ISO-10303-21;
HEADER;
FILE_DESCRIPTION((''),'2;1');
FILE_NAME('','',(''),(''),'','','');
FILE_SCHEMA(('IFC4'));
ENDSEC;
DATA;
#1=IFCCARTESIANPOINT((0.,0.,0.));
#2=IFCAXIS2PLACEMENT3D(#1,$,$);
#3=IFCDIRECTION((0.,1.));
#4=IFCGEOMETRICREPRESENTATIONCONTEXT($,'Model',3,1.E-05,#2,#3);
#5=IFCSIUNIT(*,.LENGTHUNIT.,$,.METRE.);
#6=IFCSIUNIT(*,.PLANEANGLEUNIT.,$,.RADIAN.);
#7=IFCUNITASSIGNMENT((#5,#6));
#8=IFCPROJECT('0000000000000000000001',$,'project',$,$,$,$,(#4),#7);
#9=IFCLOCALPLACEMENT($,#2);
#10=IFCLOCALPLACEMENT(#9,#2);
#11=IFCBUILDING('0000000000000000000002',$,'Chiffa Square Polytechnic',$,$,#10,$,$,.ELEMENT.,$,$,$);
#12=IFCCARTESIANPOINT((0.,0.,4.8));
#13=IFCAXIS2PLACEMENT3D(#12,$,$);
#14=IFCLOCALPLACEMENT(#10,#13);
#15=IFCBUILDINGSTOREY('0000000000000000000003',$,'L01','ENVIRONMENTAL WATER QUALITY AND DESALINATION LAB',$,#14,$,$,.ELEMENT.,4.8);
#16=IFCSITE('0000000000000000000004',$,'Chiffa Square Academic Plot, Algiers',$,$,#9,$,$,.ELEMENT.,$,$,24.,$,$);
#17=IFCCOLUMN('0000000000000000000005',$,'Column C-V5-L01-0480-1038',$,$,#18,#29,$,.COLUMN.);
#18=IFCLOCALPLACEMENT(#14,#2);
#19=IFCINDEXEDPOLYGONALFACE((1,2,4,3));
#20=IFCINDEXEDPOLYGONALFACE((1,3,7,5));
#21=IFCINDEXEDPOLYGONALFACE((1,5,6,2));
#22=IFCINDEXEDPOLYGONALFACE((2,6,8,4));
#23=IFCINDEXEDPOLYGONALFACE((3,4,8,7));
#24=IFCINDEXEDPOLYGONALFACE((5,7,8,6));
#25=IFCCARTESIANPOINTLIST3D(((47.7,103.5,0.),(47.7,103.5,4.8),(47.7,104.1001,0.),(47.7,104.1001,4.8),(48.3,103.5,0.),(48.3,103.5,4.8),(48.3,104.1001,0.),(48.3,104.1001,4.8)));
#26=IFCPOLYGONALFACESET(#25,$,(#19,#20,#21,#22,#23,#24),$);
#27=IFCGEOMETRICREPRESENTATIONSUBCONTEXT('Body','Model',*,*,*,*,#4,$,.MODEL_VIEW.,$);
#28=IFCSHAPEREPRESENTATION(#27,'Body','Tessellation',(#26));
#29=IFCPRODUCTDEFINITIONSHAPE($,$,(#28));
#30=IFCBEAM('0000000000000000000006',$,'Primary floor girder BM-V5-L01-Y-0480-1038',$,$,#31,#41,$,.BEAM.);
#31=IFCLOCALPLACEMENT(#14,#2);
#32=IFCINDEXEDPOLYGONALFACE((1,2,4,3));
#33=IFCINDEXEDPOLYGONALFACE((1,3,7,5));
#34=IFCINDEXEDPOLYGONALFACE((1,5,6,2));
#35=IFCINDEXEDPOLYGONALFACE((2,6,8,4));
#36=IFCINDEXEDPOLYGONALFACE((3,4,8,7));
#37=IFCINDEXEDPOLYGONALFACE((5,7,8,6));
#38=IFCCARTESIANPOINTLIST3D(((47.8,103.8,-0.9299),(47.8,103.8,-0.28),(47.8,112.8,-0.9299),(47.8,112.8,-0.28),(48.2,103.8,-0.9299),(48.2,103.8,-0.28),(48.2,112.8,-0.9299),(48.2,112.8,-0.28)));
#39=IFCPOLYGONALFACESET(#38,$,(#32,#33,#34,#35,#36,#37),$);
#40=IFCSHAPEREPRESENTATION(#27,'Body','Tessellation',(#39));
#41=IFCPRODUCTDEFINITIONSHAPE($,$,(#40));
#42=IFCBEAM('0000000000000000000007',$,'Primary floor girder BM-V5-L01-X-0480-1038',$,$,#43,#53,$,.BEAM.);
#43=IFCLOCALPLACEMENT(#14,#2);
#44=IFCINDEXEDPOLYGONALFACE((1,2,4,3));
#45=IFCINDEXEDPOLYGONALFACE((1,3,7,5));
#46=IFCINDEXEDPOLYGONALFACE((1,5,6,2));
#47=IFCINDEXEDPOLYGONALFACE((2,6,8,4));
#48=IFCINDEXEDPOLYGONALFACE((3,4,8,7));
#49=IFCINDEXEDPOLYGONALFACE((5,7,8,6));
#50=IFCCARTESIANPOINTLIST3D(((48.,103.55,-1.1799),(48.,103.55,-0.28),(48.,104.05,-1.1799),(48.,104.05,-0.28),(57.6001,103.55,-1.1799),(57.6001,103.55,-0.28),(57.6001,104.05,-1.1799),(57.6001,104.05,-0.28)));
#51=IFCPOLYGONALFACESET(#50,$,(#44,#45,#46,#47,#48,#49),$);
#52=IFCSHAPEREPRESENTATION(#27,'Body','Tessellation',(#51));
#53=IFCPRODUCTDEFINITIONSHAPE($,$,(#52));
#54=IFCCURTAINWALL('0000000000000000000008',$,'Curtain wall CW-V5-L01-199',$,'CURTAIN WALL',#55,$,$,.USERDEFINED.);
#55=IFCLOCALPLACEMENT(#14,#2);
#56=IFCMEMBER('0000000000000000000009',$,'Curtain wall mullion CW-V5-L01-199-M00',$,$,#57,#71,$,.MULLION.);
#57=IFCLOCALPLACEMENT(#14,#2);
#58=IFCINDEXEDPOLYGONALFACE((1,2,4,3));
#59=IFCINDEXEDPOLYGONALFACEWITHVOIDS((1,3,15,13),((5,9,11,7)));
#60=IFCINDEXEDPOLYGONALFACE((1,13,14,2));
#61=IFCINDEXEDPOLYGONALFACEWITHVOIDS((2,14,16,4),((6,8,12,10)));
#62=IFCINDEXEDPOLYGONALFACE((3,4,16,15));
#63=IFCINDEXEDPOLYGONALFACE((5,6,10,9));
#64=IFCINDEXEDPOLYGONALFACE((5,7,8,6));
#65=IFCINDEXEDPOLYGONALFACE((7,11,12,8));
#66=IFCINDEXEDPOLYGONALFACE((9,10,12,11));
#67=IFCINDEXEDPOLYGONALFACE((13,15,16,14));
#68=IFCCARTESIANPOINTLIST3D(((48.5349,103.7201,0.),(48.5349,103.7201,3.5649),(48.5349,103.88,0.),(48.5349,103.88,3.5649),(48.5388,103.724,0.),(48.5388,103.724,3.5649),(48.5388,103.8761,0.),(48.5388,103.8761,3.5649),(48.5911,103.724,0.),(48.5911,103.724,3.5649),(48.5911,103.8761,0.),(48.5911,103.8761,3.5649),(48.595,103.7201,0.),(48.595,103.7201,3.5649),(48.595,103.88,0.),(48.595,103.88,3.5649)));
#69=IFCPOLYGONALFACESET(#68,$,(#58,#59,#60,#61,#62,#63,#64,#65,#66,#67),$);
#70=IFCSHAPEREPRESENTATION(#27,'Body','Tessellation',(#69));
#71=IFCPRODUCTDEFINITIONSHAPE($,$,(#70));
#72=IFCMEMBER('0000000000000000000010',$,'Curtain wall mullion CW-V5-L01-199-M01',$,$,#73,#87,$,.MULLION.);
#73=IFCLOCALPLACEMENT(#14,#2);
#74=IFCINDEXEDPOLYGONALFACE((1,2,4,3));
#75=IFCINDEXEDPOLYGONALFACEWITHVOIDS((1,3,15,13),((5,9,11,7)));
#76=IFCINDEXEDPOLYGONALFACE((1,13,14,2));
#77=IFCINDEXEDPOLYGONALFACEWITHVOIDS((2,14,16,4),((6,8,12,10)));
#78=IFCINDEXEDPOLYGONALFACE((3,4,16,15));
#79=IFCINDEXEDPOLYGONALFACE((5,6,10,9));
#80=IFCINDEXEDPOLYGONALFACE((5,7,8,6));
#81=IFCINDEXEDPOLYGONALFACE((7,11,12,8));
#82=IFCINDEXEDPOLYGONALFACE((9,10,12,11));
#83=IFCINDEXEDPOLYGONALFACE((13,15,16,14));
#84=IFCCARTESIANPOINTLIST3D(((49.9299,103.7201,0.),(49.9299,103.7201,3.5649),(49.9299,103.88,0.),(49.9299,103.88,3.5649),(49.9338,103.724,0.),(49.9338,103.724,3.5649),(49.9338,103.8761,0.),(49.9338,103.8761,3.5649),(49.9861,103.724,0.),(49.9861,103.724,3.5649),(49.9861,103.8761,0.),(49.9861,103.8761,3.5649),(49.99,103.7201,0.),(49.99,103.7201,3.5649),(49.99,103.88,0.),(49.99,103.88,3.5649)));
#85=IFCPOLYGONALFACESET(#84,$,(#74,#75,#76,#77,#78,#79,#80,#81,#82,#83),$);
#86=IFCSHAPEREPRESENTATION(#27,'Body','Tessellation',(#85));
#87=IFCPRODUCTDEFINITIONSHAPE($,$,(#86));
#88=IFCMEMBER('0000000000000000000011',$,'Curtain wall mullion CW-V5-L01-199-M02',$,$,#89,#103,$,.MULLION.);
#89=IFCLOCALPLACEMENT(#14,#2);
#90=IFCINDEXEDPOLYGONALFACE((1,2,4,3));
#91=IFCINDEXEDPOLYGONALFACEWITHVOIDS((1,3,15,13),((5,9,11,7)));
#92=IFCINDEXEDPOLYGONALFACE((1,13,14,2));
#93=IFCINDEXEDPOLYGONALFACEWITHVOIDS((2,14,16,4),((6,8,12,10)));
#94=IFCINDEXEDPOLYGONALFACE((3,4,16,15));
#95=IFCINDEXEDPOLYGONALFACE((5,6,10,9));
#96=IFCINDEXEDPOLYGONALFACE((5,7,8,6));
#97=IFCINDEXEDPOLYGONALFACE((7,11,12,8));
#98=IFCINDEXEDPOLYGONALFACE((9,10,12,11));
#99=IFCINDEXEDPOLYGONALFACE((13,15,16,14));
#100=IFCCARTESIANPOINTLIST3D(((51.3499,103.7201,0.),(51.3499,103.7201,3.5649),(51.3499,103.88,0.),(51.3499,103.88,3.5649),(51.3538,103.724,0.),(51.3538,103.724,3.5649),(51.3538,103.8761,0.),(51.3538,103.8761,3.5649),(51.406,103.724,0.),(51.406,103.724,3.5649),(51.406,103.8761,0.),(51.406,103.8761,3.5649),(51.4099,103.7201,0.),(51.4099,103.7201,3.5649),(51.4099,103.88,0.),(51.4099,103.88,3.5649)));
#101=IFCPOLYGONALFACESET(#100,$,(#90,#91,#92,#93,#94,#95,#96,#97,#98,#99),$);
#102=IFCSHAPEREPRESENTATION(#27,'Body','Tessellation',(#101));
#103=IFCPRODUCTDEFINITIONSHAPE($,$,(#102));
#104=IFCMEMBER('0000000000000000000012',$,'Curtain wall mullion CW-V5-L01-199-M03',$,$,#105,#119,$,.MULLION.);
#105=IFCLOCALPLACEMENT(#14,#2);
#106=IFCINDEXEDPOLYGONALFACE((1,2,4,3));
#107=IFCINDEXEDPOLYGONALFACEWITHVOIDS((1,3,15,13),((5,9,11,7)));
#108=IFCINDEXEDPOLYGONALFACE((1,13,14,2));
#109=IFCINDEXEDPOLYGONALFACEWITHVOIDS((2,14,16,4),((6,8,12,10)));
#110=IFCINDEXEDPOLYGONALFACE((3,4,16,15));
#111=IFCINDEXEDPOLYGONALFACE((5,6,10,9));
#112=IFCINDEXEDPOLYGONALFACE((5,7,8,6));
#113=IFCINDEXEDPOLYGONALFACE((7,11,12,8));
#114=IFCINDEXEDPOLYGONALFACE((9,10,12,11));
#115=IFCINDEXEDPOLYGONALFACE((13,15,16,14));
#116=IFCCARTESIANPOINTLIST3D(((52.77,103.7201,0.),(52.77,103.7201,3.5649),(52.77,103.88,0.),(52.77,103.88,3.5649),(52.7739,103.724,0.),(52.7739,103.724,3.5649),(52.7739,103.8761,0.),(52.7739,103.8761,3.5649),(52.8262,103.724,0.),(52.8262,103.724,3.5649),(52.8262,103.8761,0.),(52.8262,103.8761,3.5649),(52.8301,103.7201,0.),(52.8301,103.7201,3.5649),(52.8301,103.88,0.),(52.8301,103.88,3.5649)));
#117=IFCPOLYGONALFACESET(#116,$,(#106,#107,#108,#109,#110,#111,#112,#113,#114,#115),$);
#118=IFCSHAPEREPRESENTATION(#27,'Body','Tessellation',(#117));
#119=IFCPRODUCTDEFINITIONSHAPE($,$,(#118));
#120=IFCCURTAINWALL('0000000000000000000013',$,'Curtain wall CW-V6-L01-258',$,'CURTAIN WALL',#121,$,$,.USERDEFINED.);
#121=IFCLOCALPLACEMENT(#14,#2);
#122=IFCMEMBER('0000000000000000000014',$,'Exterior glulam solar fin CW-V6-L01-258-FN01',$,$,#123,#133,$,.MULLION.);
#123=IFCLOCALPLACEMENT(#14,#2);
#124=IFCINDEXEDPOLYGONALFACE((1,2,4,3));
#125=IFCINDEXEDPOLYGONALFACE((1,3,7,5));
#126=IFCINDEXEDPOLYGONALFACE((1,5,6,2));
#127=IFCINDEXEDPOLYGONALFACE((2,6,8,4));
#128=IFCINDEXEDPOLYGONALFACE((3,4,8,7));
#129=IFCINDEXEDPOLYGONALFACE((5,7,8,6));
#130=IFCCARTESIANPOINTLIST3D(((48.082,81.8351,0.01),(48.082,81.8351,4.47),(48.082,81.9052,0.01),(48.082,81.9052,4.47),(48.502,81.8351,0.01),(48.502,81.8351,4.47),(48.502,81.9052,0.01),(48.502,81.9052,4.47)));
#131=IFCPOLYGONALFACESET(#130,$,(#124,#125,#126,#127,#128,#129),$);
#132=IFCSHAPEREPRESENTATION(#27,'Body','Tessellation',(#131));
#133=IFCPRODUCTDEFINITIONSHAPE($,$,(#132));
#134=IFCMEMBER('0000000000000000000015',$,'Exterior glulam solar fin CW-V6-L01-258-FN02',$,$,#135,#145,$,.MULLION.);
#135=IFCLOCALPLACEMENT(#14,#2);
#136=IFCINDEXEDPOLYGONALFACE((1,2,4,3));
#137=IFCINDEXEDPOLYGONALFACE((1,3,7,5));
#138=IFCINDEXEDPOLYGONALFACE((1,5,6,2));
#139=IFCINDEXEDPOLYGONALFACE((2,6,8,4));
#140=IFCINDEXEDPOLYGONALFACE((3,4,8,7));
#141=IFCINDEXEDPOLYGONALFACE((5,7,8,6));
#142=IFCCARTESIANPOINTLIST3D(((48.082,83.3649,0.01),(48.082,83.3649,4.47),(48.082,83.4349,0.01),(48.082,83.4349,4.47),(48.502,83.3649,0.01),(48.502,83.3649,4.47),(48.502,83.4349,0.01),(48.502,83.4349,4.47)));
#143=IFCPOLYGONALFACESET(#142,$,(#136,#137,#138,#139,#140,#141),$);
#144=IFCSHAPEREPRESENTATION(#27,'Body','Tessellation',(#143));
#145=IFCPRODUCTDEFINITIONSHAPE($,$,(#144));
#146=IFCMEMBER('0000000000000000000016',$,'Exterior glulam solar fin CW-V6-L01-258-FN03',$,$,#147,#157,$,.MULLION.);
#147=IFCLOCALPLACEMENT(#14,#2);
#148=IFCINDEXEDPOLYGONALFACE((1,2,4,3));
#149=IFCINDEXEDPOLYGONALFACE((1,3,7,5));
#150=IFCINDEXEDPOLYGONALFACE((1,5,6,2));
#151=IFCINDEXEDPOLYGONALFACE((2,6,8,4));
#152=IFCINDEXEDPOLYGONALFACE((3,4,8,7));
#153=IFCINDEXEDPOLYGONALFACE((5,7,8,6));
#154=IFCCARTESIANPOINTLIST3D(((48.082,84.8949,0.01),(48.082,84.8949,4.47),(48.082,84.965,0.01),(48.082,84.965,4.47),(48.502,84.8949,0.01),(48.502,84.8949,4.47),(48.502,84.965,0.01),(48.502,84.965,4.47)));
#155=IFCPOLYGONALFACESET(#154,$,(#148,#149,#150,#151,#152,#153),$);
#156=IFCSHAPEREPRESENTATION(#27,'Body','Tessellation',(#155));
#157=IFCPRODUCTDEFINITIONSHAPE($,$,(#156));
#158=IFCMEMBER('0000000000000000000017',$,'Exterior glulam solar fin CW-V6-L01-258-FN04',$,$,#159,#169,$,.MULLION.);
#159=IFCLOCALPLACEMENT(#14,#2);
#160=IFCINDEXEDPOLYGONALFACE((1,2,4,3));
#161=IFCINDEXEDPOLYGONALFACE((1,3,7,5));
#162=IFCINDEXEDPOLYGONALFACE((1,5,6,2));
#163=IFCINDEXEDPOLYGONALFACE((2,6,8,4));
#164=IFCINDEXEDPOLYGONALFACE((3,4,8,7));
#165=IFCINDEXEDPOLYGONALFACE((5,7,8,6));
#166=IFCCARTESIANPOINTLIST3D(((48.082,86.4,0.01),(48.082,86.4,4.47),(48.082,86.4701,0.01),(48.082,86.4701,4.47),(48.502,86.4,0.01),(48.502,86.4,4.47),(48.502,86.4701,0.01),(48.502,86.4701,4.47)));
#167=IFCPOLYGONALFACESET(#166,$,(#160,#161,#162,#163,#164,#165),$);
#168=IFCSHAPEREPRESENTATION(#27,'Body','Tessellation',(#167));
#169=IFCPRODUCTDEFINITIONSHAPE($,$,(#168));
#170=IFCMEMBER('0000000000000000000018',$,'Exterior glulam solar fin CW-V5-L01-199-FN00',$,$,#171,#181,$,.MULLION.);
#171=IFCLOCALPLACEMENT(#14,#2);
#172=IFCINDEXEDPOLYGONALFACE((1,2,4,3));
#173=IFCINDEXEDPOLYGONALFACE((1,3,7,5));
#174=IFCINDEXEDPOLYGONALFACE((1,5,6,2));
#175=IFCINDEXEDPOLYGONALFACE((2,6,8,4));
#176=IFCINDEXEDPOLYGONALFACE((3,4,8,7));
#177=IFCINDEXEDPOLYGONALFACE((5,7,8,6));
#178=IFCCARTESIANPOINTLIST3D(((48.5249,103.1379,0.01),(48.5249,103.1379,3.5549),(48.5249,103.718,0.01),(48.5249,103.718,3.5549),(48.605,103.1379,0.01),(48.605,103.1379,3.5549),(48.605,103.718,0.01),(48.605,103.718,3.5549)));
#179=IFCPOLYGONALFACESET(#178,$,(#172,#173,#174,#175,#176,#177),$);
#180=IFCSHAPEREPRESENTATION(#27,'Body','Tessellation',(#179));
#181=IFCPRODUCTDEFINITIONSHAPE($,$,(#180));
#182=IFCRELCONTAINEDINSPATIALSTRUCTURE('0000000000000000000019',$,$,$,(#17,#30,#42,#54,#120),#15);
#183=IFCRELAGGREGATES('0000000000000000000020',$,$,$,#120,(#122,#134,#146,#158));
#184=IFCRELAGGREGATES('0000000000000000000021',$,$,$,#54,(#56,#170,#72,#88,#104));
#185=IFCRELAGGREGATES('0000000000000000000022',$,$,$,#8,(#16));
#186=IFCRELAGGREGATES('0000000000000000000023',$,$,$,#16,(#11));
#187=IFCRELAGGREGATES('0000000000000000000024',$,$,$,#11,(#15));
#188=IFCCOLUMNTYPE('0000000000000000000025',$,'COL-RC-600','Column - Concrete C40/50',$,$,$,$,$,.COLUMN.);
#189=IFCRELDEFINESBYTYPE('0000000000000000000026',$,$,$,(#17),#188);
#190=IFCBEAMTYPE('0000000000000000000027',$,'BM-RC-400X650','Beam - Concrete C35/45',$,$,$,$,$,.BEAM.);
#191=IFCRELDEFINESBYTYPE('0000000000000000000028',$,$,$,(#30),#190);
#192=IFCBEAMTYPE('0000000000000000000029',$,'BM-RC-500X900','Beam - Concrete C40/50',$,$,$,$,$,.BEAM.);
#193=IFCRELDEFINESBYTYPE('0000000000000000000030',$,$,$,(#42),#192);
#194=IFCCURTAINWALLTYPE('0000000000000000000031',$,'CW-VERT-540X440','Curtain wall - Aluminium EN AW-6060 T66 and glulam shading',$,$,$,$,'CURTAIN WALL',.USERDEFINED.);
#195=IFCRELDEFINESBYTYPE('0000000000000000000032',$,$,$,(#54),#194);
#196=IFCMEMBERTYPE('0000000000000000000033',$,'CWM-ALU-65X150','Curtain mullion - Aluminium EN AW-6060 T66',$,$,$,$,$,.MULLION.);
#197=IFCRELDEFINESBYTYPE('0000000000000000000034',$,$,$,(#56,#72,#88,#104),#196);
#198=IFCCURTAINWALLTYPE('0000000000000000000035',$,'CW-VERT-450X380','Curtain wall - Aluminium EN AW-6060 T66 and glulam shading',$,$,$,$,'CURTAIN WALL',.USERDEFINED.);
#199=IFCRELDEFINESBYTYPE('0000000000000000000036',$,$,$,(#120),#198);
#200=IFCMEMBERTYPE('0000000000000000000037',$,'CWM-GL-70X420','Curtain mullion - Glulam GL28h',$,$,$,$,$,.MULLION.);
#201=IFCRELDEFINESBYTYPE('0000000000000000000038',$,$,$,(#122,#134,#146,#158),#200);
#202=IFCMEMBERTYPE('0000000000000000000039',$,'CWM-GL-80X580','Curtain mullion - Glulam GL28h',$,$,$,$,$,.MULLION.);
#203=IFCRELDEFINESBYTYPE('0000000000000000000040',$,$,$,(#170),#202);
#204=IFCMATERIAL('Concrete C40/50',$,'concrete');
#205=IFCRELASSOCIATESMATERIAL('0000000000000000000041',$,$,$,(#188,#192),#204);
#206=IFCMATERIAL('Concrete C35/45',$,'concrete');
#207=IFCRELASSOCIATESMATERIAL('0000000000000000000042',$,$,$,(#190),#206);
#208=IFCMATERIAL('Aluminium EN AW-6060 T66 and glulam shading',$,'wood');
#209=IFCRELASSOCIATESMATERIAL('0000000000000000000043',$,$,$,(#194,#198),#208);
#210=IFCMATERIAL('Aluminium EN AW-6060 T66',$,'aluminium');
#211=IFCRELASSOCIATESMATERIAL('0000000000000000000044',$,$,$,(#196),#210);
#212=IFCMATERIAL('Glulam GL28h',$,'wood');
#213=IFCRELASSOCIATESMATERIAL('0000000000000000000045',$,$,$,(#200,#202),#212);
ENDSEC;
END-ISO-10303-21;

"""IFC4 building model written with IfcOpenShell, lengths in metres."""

from ifc_helpers import new_model, si_unit, direction, frame, origin, origin_2d, place, context, subcontext, project, spatial, rectangle, hollow_rectangle, extrude, material, material_profile, profile_set, type_object, element, aggregate, save


model = new_model("IFC4")

# Units and contexts
model_context = context("Model", 3, precision=1e-05, world=origin(), true_north=direction((0.0, 1.0)))
body_context = subcontext(model_context, "Body", "Model", "MODEL_VIEW")
ifc_project = project(units=[si_unit("LENGTHUNIT", "METRE"), si_unit("PLANEANGLEUNIT", "RADIAN")], contexts=[model_context])

# Site, building, storey
site_placement = place(None, origin())
site = spatial("IfcSite", under=ifc_project, at=site_placement, Name="Chiffa Square Academic Plot, Algiers", CompositionType="ELEMENT", RefElevation=24.0)
building_placement = place(site_placement, origin())
building = spatial("IfcBuilding", under=site, at=building_placement, Name="Chiffa Square Polytechnic", CompositionType="ELEMENT")
storey_placement = place(building_placement, frame((0.0, 0.0, 4.8)))
storey = spatial("IfcBuildingStorey", under=building, at=storey_placement, Name="L01", Description="ENVIRONMENTAL WATER QUALITY AND DESALINATION LAB", CompositionType="ELEMENT", Elevation=4.8)

# Column
ifc_material_1 = material(Name="Concrete C40/50", Category="concrete")
ifc_material_profile_1 = material_profile(ifc_material_1, rectangle(XDim=0.6001, YDim=0.6001, at=origin_2d()), Name="RC 600x600")
ifc_profile_set_1 = profile_set([ifc_material_profile_1], Name="Concrete C40/50")
column_type = type_object("IfcColumnType", Name="COL-RC-600", Description="Column - Concrete C40/50", PredefinedType="COLUMN", material=ifc_profile_set_1)
column_placement = place(storey_placement, frame((48.0, 103.8, 0.0), z_axis=(0.0, 0.0, 1.0), x_axis=(1.0, 0.0, 0.0)))
element("IfcColumn", 1, at=column_placement, inside=storey, type_object=column_type, Name="Column C-V5-L01-0480-1038", PredefinedType="COLUMN", context=body_context, shape_type="SweptSolid", body=[
    extrude(rectangle(XDim=0.6001, YDim=0.6001, at=origin_2d()), origin(), (0.0, 0.0, 1.0), 4.8),
])

# Beams
ifc_material_2 = material(Name="Concrete C35/45", Category="concrete")
ifc_material_profile_2 = material_profile(ifc_material_2, rectangle(XDim=0.3999, YDim=0.6499, at=origin_2d()), Name="RC 400x650")
ifc_profile_set_2 = profile_set([ifc_material_profile_2], Name="Concrete C35/45")
beam_type_1 = type_object("IfcBeamType", Name="BM-RC-400X650", Description="Beam - Concrete C35/45", PredefinedType="BEAM", material=ifc_profile_set_2)
beam_1_placement = place(storey_placement, frame((48.0, 103.8, -0.605), z_axis=(0.0, 1.0, 0.0), x_axis=(-1.0, 0.0, 0.0)))
element("IfcBeam", 2, at=beam_1_placement, inside=storey, type_object=beam_type_1, Name="Primary floor girder BM-V5-L01-Y-0480-1038", PredefinedType="BEAM", context=body_context, shape_type="SweptSolid", body=[
    extrude(rectangle(XDim=0.3999, YDim=0.6499, at=origin_2d()), origin(), (0.0, 0.0, 1.0), 9.0),
])
ifc_material_profile_3 = material_profile(ifc_material_1, rectangle(XDim=0.5, YDim=0.8999, at=origin_2d()), Name="RC 500x900")
ifc_profile_set_3 = profile_set([ifc_material_profile_3], Name="Concrete C40/50")
beam_type_2 = type_object("IfcBeamType", Name="BM-RC-500X900", Description="Beam - Concrete C40/50", PredefinedType="BEAM", material=ifc_profile_set_3)
beam_2_placement = place(storey_placement, frame((48.0, 103.8, -0.73), z_axis=(1.0, 0.0, 0.0), x_axis=(0.0, 1.0, 0.0)))
element("IfcBeam", 3, at=beam_2_placement, inside=storey, type_object=beam_type_2, Name="Primary floor girder BM-V5-L01-X-0480-1038", PredefinedType="BEAM", context=body_context, shape_type="SweptSolid", body=[
    extrude(rectangle(XDim=0.5, YDim=0.8999, at=origin_2d()), origin(), (0.0, 0.0, 1.0), 9.6001),
])

# Curtain walls, members
ifc_material_3 = material(Name="Aluminium EN AW-6060 T66 and glulam shading", Category="wood")
curtain_wall_type_1 = type_object("IfcCurtainWallType", Name="CW-VERT-540X440", Description="Curtain wall - Aluminium EN AW-6060 T66 and glulam shading", ElementType="CURTAIN WALL", PredefinedType="USERDEFINED", material=ifc_material_3)
curtain_wall_1_placement = place(storey_placement, origin())
curtain_wall_1 = element("IfcCurtainWall", 4, at=curtain_wall_1_placement, inside=storey, type_object=curtain_wall_type_1, Name="Curtain wall CW-V5-L01-199", ObjectType="CURTAIN WALL", PredefinedType="USERDEFINED")
ifc_material_4 = material(Name="Aluminium EN AW-6060 T66", Category="aluminium")
ifc_material_profile_4 = material_profile(ifc_material_4, hollow_rectangle(XDim=0.0601, YDim=0.1599, WallThickness=0.0039, at=origin_2d()), Name="ALU 60x160x4")
ifc_profile_set_4 = profile_set([ifc_material_profile_4], Name="Aluminium EN AW-6060 T66")
member_type_1 = type_object("IfcMemberType", Name="CWM-ALU-65X150", Description="Curtain mullion - Aluminium EN AW-6060 T66", PredefinedType="MULLION", material=ifc_profile_set_4)
member_1_placement = place(storey_placement, frame((48.5649, 103.8, 0.0), z_axis=(0.0, 0.0, 1.0), x_axis=(1.0, 0.0, 0.0)))
member_1 = element("IfcMember", 5, at=member_1_placement, type_object=member_type_1, Name="Curtain wall mullion CW-V5-L01-199-M00", PredefinedType="MULLION", context=body_context, shape_type="SweptSolid", body=[
    extrude(hollow_rectangle(XDim=0.0601, YDim=0.1599, WallThickness=0.0039, at=origin_2d()), origin(), (0.0, 0.0, 1.0), 3.5649),
])
member_2_placement = place(storey_placement, frame((49.96, 103.8, 0.0), z_axis=(0.0, 0.0, 1.0), x_axis=(1.0, 0.0, 0.0)))
member_2 = element("IfcMember", 6, at=member_2_placement, type_object=member_type_1, Name="Curtain wall mullion CW-V5-L01-199-M01", PredefinedType="MULLION", context=body_context, shape_type="SweptSolid", body=[
    extrude(hollow_rectangle(XDim=0.0601, YDim=0.1599, WallThickness=0.0039, at=origin_2d()), origin(), (0.0, 0.0, 1.0), 3.5649),
])
member_3_placement = place(storey_placement, frame((51.3799, 103.8, 0.0), z_axis=(0.0, 0.0, 1.0), x_axis=(1.0, 0.0, 0.0)))
member_3 = element("IfcMember", 7, at=member_3_placement, type_object=member_type_1, Name="Curtain wall mullion CW-V5-L01-199-M02", PredefinedType="MULLION", context=body_context, shape_type="SweptSolid", body=[
    extrude(hollow_rectangle(XDim=0.0601, YDim=0.1599, WallThickness=0.0039, at=origin_2d()), origin(), (0.0, 0.0, 1.0), 3.5649),
])
member_4_placement = place(storey_placement, frame((52.8, 103.8, 0.0), z_axis=(0.0, 0.0, 1.0), x_axis=(1.0, 0.0, 0.0)))
member_4 = element("IfcMember", 8, at=member_4_placement, type_object=member_type_1, Name="Curtain wall mullion CW-V5-L01-199-M03", PredefinedType="MULLION", context=body_context, shape_type="SweptSolid", body=[
    extrude(hollow_rectangle(XDim=0.0601, YDim=0.1599, WallThickness=0.0039, at=origin_2d()), origin(), (0.0, 0.0, 1.0), 3.5649),
])
curtain_wall_type_2 = type_object("IfcCurtainWallType", Name="CW-VERT-450X380", Description="Curtain wall - Aluminium EN AW-6060 T66 and glulam shading", ElementType="CURTAIN WALL", PredefinedType="USERDEFINED", material=ifc_material_3)
curtain_wall_2_placement = place(storey_placement, origin())
curtain_wall_2 = element("IfcCurtainWall", 9, at=curtain_wall_2_placement, inside=storey, type_object=curtain_wall_type_2, Name="Curtain wall CW-V6-L01-258", ObjectType="CURTAIN WALL", PredefinedType="USERDEFINED")
ifc_material_5 = material(Name="Glulam GL28h", Category="wood")
ifc_material_profile_5 = material_profile(ifc_material_5, rectangle(XDim=0.0701, YDim=0.4199, at=origin_2d()), Name="GL28h 70x420")
ifc_profile_set_5 = profile_set([ifc_material_profile_5], Name="Glulam GL28h")
member_type_2 = type_object("IfcMemberType", Name="CWM-GL-70X420", Description="Curtain mullion - Glulam GL28h", PredefinedType="MULLION", material=ifc_profile_set_5)
member_5_placement = place(storey_placement, frame((48.292, 81.8701, 0.01), z_axis=(0.0, 0.0, 1.0), x_axis=(0.0, 1.0, 0.0)))
member_5 = element("IfcMember", 10, at=member_5_placement, type_object=member_type_2, Name="Exterior glulam solar fin CW-V6-L01-258-FN01", PredefinedType="MULLION", context=body_context, shape_type="SweptSolid", body=[
    extrude(rectangle(XDim=0.0701, YDim=0.4199, at=origin_2d()), origin(), (0.0, 0.0, 1.0), 4.46),
])
member_6_placement = place(storey_placement, frame((48.292, 83.3999, 0.01), z_axis=(0.0, 0.0, 1.0), x_axis=(0.0, 1.0, 0.0)))
member_6 = element("IfcMember", 11, at=member_6_placement, type_object=member_type_2, Name="Exterior glulam solar fin CW-V6-L01-258-FN02", PredefinedType="MULLION", context=body_context, shape_type="SweptSolid", body=[
    extrude(rectangle(XDim=0.0701, YDim=0.4199, at=origin_2d()), origin(), (0.0, 0.0, 1.0), 4.46),
])
member_7_placement = place(storey_placement, frame((48.292, 84.9299, 0.01), z_axis=(0.0, 0.0, 1.0), x_axis=(0.0, 1.0, 0.0)))
member_7 = element("IfcMember", 12, at=member_7_placement, type_object=member_type_2, Name="Exterior glulam solar fin CW-V6-L01-258-FN03", PredefinedType="MULLION", context=body_context, shape_type="SweptSolid", body=[
    extrude(rectangle(XDim=0.0701, YDim=0.4199, at=origin_2d()), origin(), (0.0, 0.0, 1.0), 4.46),
])
member_8_placement = place(storey_placement, frame((48.292, 86.4351, 0.01), z_axis=(0.0, 0.0, 1.0), x_axis=(0.0, 1.0, 0.0)))
member_8 = element("IfcMember", 13, at=member_8_placement, type_object=member_type_2, Name="Exterior glulam solar fin CW-V6-L01-258-FN04", PredefinedType="MULLION", context=body_context, shape_type="SweptSolid", body=[
    extrude(rectangle(XDim=0.0701, YDim=0.4199, at=origin_2d()), origin(), (0.0, 0.0, 1.0), 4.46),
])
aggregate(curtain_wall_2, [member_5, member_6, member_7, member_8])

# Member
ifc_material_profile_6 = material_profile(ifc_material_5, rectangle(XDim=0.0801, YDim=0.5801, at=origin_2d()), Name="GL28h 80x580")
ifc_profile_set_6 = profile_set([ifc_material_profile_6], Name="Glulam GL28h")
member_type_3 = type_object("IfcMemberType", Name="CWM-GL-80X580", Description="Curtain mullion - Glulam GL28h", PredefinedType="MULLION", material=ifc_profile_set_6)
member_9_placement = place(storey_placement, frame((48.5649, 103.428, 0.01), z_axis=(0.0, 0.0, 1.0), x_axis=(1.0, 0.0, 0.0)))
member_9 = element("IfcMember", 14, at=member_9_placement, type_object=member_type_3, Name="Exterior glulam solar fin CW-V5-L01-199-FN00", PredefinedType="MULLION", context=body_context, shape_type="SweptSolid", body=[
    extrude(rectangle(XDim=0.0801, YDim=0.5801, at=origin_2d()), origin(), (0.0, 0.0, 1.0), 3.5449),
])

aggregate(curtain_wall_1, [member_1, member_9, member_2, member_3, member_4])

save(model, "model.ifc")
